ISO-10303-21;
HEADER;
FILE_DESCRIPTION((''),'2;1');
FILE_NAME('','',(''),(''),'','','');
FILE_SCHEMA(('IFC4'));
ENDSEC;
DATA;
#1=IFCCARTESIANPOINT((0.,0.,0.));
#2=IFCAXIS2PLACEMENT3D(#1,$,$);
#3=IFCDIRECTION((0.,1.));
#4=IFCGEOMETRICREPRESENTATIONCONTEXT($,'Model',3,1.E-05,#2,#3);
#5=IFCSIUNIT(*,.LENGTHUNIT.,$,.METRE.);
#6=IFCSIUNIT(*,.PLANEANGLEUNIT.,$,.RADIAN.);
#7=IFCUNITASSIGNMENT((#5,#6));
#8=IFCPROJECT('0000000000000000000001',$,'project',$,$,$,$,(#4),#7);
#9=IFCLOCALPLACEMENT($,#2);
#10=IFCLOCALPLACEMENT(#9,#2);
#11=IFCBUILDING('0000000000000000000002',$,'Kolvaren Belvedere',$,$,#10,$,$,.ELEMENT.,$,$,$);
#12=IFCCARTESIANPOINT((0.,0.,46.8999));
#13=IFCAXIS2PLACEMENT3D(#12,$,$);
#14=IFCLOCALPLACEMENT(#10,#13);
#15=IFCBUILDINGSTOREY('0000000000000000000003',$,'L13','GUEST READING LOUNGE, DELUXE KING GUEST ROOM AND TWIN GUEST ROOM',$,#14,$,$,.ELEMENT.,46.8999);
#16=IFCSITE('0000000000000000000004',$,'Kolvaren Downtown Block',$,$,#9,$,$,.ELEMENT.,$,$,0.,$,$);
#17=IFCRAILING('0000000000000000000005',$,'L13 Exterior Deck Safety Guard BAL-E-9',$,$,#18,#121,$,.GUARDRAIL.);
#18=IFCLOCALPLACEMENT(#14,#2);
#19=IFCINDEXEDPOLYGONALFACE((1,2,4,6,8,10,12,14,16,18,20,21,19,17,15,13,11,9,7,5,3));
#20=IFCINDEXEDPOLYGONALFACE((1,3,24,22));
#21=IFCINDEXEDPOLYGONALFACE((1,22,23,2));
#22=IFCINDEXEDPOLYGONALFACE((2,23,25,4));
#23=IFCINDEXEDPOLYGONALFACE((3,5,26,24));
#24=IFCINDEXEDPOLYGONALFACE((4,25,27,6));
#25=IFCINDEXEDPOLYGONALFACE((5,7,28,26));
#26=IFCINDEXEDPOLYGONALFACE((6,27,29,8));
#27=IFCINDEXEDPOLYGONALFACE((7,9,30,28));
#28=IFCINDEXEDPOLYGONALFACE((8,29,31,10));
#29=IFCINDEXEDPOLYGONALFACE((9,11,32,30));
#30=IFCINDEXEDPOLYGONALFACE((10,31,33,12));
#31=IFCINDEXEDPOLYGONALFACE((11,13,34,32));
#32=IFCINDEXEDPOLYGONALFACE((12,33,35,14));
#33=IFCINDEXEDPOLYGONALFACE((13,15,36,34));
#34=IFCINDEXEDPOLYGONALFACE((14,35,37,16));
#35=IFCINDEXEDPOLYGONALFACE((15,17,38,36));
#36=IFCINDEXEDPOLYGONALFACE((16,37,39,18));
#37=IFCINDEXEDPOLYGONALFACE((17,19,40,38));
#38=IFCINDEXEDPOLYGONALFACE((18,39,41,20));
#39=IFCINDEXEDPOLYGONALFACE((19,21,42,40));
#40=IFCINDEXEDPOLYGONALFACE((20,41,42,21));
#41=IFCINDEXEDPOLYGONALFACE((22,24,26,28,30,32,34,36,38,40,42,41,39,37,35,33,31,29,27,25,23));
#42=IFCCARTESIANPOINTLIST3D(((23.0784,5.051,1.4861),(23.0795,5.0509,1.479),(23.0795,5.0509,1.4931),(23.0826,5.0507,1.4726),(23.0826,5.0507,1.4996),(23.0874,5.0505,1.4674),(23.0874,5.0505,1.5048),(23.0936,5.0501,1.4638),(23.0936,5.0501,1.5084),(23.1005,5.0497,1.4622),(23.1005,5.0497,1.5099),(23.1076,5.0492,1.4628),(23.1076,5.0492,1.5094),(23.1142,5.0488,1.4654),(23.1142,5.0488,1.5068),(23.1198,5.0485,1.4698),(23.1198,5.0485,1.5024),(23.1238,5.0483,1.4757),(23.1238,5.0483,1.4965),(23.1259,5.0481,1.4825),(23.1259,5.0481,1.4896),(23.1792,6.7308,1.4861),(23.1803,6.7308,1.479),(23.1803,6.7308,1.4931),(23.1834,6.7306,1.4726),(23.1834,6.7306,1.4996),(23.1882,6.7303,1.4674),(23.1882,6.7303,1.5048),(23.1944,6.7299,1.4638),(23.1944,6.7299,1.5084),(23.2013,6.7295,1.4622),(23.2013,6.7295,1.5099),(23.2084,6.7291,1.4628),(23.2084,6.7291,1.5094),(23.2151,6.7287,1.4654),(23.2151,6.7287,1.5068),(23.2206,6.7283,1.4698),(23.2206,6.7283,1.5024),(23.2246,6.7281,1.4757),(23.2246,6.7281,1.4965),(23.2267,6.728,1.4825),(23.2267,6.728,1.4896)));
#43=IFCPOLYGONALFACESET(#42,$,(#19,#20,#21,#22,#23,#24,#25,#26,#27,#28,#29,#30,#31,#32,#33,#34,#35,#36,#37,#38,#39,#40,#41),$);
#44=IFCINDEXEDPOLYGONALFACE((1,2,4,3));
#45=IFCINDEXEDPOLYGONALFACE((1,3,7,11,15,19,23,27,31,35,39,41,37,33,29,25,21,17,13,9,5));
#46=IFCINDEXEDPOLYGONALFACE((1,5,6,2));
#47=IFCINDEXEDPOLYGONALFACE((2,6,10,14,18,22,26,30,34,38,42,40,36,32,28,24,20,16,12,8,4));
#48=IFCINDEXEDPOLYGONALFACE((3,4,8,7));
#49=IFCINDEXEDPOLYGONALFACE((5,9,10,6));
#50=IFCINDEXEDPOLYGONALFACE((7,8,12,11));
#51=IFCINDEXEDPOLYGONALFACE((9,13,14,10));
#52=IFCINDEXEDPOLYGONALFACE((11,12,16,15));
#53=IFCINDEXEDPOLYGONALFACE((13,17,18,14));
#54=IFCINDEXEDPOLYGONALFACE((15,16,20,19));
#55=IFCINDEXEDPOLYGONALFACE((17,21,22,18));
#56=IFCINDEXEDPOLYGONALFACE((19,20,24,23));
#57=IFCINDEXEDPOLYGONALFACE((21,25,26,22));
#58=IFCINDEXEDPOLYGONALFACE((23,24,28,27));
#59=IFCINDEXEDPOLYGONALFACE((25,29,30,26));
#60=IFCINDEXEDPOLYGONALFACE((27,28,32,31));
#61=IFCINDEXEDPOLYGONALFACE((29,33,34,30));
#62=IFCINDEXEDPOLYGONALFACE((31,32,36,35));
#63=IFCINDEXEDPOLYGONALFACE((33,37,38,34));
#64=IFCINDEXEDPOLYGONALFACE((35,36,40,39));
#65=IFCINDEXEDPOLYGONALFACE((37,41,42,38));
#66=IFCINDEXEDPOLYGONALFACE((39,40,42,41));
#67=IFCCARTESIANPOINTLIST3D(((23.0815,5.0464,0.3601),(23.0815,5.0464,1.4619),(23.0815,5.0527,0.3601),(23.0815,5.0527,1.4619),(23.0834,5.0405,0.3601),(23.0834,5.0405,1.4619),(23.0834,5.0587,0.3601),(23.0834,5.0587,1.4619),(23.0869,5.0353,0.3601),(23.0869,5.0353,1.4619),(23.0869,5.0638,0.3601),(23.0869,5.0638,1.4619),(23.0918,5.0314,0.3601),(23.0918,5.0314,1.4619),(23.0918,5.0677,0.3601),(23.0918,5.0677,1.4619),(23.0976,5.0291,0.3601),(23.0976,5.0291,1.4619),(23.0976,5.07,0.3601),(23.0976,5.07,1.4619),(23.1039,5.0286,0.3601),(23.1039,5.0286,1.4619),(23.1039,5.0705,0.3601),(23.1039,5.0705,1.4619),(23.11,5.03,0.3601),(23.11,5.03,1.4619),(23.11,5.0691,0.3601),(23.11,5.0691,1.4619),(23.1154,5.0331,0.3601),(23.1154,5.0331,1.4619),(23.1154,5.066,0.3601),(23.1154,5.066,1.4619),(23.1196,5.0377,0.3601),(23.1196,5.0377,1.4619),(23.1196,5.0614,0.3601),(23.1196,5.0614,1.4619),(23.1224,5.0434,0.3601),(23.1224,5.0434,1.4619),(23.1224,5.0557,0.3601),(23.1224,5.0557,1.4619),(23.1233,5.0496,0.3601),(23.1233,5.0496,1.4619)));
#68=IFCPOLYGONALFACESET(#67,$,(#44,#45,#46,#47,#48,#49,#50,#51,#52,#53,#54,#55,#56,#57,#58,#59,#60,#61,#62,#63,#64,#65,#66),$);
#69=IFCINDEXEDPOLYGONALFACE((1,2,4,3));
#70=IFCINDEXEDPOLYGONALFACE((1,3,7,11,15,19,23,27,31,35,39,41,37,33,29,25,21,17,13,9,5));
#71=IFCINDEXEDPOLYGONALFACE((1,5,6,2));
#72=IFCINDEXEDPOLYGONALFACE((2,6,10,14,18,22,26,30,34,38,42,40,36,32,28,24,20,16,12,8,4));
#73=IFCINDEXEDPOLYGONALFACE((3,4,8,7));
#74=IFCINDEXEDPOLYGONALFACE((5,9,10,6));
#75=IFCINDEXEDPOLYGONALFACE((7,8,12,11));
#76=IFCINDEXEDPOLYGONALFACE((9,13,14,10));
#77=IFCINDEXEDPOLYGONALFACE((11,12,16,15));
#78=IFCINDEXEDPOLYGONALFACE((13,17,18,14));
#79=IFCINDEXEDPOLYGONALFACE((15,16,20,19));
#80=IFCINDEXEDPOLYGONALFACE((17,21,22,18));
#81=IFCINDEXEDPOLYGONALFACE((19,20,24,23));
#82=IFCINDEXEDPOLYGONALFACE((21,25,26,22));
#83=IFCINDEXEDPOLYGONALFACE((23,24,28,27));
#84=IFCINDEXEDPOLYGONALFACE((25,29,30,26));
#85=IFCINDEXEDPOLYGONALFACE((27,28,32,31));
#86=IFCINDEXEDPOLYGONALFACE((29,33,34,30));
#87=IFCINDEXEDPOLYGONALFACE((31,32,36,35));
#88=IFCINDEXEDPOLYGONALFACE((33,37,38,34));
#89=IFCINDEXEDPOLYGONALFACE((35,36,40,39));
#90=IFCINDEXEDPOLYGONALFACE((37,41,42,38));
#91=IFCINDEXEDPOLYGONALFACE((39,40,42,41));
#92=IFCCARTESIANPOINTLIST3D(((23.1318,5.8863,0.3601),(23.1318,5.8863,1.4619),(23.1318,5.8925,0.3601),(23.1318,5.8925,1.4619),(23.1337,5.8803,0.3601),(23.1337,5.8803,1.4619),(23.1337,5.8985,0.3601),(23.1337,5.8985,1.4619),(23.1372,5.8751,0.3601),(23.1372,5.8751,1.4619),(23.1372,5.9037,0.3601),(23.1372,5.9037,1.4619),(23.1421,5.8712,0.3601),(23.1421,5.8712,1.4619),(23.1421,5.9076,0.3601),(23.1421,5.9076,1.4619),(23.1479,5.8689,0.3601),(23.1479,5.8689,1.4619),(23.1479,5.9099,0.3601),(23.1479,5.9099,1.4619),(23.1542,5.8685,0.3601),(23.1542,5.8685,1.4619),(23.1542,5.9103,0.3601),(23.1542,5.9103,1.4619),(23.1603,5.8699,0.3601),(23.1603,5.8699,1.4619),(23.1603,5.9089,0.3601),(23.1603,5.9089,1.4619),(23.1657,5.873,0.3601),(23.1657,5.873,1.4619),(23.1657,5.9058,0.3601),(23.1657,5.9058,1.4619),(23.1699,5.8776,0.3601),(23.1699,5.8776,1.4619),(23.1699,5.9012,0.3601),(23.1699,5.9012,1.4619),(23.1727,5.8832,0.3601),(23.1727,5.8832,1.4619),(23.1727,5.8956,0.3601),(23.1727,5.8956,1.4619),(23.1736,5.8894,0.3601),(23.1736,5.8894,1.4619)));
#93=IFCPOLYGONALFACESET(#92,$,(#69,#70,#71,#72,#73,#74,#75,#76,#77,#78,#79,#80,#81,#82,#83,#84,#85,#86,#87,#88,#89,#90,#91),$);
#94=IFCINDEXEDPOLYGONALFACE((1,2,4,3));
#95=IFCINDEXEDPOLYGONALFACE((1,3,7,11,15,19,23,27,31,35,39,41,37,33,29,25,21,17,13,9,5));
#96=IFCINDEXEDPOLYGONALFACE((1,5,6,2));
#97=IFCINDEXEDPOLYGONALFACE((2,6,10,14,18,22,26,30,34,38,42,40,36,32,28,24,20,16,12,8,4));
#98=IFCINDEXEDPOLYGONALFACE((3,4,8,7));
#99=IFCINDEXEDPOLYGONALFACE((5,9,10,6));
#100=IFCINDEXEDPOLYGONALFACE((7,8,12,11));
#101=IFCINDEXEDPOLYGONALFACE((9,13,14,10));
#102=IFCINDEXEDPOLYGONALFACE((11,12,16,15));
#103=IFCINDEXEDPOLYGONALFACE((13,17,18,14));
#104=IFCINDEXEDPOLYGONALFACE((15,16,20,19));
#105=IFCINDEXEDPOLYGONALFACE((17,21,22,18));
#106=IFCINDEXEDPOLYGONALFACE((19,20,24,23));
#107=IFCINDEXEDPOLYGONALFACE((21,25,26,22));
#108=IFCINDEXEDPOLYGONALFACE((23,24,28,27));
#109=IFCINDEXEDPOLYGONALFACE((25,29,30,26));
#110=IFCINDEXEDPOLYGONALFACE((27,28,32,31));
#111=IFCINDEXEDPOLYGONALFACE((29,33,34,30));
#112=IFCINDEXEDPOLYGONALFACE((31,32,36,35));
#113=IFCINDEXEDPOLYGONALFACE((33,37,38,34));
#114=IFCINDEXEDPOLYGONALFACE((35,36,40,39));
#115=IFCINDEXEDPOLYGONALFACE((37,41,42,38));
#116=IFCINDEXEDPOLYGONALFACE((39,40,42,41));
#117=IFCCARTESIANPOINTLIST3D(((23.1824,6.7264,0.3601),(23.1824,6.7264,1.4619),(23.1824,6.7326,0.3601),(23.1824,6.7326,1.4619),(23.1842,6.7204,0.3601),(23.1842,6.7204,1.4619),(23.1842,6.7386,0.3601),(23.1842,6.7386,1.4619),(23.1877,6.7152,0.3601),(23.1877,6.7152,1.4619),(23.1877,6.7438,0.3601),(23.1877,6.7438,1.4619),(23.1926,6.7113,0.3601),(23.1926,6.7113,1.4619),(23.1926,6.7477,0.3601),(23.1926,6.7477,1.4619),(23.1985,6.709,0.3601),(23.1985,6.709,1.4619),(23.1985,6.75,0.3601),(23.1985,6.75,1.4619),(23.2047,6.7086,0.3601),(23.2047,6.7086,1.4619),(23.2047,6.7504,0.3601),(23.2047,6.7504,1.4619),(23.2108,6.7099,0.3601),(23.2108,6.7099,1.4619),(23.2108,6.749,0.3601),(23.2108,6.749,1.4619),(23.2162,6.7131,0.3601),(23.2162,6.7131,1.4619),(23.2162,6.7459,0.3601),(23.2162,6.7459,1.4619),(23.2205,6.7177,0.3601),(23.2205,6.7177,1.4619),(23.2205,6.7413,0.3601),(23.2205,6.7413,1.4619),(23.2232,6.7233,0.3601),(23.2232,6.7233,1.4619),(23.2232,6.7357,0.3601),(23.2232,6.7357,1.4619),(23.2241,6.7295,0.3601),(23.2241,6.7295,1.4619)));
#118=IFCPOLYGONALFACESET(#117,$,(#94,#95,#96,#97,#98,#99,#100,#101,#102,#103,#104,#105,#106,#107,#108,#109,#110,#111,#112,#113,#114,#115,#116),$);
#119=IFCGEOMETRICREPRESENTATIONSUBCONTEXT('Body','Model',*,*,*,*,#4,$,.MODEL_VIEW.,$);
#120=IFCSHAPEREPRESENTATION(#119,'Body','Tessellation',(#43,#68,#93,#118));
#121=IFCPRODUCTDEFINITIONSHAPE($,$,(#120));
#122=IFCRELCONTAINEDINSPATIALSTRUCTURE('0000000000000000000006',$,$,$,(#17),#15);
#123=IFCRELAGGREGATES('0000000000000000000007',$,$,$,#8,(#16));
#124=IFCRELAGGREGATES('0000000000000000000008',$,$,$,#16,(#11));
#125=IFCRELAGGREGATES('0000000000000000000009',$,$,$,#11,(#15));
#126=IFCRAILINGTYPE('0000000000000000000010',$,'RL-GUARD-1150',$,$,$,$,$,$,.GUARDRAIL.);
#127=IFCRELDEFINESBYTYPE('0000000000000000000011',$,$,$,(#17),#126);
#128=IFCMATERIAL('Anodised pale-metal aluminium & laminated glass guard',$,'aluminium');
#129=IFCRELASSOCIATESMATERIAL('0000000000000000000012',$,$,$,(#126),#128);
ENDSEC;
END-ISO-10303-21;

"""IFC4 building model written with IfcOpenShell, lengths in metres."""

from ifc_helpers import new_model, si_unit, direction, frame, origin, origin_2d, place, context, subcontext, project, spatial, circle, extrude, material, type_object, element, save


model = new_model("IFC4")

# Units and contexts
model_context = context("Model", 3, precision=1e-05, world=origin(), true_north=direction((0.0, 1.0)))
body_context = subcontext(model_context, "Body", "Model", "MODEL_VIEW")
ifc_project = project(units=[si_unit("LENGTHUNIT", "METRE"), si_unit("PLANEANGLEUNIT", "RADIAN")], contexts=[model_context])

# Site, building, storey
site_placement = place(None, origin())
site = spatial("IfcSite", under=ifc_project, at=site_placement, Name="Kolvaren Downtown Block", CompositionType="ELEMENT", RefElevation=0.0)
building_placement = place(site_placement, origin())
building = spatial("IfcBuilding", under=site, at=building_placement, Name="Kolvaren Belvedere", CompositionType="ELEMENT")
storey_placement = place(building_placement, frame((0.0, 0.0, 46.8999)))
storey = spatial("IfcBuildingStorey", under=building, at=storey_placement, Name="L13", Description="GUEST READING LOUNGE, DELUXE KING GUEST ROOM AND TWIN GUEST ROOM", CompositionType="ELEMENT", Elevation=46.8999)

# Railing
ifc_material_1 = material(Name="Anodised pale-metal aluminium & laminated glass guard", Category="aluminium")
railing_type = type_object("IfcRailingType", Name="RL-GUARD-1150", PredefinedType="GUARDRAIL", material=ifc_material_1)
railing_1_placement = place(storey_placement, frame((23.1023, 5.0496, 0.3601)))
element("IfcRailing", 1, at=railing_1_placement, inside=storey, type_object=railing_type, Name="L13 Exterior Deck Safety Guard BAL-E-9", PredefinedType="GUARDRAIL", context=body_context, shape_type="SweptSolid", body=[
    extrude(circle(Radius=0.0239, at=origin_2d()), frame((0.0, 0.0, 1.126), z_axis=(0.059913, 0.998204, 0.0), x_axis=(-0.998204, 0.059913, 0.0)), (0.0, 0.0, 1.0), 1.6829),
    extrude(circle(Radius=0.021, at=origin_2d()), origin(), (0.0, 0.0, 1.0), 1.1018),
    extrude(circle(Radius=0.021, at=origin_2d()), frame((0.0503, 0.8398, 0.0)), (0.0, 0.0, 1.0), 1.1018),
    extrude(circle(Radius=0.021, at=origin_2d()), frame((0.1008, 1.6799, 0.0)), (0.0, 0.0, 1.0), 1.1018),
])

save(model, "model.ifc")
